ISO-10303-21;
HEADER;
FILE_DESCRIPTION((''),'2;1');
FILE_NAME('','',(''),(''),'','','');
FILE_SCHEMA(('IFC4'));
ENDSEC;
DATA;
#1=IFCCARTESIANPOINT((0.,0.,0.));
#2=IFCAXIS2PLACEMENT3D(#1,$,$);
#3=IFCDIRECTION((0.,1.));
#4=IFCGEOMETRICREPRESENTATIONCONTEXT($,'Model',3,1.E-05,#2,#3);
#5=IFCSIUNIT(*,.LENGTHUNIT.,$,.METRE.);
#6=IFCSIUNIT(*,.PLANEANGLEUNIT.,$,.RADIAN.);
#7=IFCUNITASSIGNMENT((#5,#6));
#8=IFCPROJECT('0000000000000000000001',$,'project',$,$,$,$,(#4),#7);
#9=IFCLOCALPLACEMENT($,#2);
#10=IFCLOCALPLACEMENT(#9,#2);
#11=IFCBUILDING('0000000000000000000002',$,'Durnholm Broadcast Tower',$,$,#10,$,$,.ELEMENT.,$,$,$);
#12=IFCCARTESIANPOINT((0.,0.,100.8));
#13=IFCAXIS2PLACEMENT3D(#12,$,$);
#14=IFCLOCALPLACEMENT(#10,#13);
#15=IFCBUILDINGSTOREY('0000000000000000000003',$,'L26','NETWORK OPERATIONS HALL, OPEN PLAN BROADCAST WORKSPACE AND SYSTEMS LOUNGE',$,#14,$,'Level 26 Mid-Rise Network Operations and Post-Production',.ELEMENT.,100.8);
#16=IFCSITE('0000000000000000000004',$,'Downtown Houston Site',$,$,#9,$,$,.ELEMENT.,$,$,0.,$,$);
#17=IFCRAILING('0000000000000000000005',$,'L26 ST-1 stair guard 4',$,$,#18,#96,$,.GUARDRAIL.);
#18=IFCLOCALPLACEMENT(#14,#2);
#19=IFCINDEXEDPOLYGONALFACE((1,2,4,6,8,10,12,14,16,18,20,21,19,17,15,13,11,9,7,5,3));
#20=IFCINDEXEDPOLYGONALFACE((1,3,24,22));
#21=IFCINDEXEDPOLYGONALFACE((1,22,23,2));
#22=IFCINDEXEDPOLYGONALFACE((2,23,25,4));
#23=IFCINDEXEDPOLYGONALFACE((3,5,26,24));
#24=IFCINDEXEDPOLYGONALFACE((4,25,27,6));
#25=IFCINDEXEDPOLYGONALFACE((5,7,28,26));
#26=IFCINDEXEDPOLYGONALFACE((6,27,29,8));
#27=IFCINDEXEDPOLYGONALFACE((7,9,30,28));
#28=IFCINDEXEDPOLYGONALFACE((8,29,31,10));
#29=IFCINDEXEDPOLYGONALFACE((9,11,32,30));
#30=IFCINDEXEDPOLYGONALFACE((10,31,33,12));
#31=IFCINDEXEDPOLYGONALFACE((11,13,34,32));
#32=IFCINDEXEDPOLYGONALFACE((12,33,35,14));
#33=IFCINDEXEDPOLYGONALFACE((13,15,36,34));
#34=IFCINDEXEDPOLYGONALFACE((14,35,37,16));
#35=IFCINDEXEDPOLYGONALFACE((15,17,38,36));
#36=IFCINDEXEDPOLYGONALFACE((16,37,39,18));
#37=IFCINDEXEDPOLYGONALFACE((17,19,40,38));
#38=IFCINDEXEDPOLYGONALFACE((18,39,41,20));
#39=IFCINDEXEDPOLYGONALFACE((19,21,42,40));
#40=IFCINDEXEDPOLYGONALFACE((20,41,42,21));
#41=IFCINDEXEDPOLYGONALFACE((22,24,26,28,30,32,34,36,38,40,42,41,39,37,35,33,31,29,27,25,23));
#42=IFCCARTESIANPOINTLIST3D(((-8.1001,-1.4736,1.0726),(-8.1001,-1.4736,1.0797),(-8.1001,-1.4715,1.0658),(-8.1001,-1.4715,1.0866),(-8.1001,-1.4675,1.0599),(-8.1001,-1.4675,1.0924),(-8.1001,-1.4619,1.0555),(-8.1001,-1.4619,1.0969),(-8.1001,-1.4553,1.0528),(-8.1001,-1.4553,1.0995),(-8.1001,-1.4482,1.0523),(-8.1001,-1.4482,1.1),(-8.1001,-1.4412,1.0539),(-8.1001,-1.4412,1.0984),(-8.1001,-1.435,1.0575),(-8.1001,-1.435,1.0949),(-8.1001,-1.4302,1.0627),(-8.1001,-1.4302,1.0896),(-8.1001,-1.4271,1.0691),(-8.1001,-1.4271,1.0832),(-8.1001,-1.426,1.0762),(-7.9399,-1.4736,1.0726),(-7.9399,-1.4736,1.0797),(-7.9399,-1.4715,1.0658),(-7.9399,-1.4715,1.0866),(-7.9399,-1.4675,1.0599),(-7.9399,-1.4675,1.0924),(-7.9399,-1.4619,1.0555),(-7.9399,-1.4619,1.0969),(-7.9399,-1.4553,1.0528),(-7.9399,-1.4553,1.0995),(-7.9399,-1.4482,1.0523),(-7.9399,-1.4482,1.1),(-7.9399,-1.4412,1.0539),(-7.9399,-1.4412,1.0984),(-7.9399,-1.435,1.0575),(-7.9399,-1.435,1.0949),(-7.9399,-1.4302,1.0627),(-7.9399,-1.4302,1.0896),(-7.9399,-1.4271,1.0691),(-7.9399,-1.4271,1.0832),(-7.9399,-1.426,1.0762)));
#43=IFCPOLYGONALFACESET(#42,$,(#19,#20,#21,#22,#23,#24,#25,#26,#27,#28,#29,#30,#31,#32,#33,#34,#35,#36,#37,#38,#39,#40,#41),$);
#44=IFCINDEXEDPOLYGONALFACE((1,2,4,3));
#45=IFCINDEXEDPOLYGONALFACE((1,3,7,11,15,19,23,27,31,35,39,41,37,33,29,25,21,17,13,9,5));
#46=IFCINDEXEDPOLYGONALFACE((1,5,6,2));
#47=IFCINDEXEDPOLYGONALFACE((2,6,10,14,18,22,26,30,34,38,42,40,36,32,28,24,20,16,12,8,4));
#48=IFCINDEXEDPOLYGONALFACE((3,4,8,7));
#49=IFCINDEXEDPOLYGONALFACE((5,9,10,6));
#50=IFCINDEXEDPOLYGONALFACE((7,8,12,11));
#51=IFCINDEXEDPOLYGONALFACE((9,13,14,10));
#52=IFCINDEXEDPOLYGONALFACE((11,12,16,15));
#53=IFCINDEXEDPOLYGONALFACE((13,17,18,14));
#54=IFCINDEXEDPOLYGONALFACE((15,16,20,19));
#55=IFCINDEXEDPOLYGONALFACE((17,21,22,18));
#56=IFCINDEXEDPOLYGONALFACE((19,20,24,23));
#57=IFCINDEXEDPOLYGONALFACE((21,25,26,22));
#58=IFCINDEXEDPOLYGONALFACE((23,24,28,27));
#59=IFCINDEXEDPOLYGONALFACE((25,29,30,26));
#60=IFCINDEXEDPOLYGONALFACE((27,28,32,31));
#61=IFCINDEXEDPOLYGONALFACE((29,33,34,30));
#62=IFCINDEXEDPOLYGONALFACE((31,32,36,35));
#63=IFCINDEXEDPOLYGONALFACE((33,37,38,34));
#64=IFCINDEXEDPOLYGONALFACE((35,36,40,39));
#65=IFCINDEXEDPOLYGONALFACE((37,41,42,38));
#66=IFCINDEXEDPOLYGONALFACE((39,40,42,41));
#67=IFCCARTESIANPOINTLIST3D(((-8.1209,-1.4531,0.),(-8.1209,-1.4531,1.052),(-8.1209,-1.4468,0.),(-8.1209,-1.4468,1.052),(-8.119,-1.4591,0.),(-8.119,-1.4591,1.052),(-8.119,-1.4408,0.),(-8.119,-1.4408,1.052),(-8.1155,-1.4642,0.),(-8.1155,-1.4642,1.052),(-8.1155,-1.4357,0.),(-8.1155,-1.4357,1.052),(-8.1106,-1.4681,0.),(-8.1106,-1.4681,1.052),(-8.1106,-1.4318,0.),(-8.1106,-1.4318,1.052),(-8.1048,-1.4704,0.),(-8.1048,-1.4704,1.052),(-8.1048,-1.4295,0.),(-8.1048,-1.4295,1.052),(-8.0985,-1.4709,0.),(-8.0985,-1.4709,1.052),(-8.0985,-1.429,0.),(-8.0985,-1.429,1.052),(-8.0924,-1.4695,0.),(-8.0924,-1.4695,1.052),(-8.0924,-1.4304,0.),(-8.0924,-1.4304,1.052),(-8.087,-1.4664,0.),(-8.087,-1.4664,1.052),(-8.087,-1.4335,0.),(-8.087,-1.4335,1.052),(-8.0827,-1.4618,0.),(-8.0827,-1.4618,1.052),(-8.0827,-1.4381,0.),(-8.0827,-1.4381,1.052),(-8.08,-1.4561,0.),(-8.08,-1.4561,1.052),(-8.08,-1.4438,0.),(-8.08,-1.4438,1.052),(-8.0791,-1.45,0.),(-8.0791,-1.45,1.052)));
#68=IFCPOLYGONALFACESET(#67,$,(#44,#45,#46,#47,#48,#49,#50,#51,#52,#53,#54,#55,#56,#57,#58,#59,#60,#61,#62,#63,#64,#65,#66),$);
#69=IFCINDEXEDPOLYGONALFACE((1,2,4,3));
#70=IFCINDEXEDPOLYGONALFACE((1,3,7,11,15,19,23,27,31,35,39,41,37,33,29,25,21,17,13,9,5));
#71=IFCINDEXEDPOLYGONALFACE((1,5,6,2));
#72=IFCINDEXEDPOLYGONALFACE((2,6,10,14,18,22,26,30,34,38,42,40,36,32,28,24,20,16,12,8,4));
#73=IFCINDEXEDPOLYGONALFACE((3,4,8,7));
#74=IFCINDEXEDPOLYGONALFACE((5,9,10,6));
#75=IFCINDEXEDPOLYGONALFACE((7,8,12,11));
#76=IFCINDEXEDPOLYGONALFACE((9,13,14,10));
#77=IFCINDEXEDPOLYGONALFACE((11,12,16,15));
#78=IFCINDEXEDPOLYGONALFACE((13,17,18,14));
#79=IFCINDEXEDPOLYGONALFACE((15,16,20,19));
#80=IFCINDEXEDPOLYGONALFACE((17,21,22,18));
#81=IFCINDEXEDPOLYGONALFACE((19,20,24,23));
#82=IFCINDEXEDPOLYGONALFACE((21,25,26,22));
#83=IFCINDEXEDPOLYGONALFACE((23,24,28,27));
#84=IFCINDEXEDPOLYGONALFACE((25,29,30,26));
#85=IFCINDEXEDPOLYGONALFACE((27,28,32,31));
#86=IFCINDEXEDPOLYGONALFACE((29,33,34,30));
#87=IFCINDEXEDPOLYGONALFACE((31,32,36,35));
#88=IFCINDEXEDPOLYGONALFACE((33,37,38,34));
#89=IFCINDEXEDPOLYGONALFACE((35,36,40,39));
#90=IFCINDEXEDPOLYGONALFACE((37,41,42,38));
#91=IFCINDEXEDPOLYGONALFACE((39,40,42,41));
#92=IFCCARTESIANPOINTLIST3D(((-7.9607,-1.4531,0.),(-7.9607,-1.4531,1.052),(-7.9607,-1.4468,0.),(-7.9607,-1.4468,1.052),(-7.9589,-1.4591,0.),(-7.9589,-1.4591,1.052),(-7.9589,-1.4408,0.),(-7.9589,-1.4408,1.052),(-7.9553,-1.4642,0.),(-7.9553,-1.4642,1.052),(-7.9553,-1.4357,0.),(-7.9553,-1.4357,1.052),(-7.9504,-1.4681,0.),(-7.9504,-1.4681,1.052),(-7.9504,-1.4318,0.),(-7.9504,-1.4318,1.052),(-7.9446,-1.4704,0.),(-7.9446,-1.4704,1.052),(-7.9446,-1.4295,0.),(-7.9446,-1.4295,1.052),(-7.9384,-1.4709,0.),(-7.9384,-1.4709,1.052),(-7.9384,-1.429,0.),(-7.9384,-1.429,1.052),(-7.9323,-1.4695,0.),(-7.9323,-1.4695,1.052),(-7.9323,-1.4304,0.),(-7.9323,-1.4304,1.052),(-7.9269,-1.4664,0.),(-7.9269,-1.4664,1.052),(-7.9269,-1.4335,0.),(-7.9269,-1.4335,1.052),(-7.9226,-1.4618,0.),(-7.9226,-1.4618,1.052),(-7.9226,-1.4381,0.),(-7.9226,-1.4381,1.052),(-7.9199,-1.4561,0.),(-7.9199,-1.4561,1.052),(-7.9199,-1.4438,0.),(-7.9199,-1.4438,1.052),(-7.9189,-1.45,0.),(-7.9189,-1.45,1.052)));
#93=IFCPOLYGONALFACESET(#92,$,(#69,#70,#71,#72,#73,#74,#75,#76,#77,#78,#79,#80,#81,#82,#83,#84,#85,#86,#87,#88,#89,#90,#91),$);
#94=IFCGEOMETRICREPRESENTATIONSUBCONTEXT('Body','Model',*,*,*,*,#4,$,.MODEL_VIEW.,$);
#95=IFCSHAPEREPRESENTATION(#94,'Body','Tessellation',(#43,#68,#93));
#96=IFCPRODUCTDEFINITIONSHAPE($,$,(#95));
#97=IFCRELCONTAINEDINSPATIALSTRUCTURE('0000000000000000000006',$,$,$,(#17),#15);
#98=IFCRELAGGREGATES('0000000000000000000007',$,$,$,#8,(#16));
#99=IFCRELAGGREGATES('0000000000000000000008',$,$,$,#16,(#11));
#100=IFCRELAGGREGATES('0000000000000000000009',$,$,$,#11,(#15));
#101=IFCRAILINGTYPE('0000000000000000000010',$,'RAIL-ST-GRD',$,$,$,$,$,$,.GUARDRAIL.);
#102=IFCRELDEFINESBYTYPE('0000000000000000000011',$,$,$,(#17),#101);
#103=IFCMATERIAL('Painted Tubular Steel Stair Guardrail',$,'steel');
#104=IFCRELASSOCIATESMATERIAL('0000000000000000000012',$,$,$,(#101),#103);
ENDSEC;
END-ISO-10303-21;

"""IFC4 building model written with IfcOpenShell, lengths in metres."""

from ifc_helpers import new_model, si_unit, direction, frame, origin, origin_2d, place, context, subcontext, project, spatial, circle, extrude, material, type_object, element, save


model = new_model("IFC4")

# Units and contexts
model_context = context("Model", 3, precision=1e-05, world=origin(), true_north=direction((0.0, 1.0)))
body_context = subcontext(model_context, "Body", "Model", "MODEL_VIEW")
ifc_project = project(units=[si_unit("LENGTHUNIT", "METRE"), si_unit("PLANEANGLEUNIT", "RADIAN")], contexts=[model_context])

# Site, building, storey
site_placement = place(None, origin())
site = spatial("IfcSite", under=ifc_project, at=site_placement, Name="Downtown Houston Site", CompositionType="ELEMENT", RefElevation=0.0)
building_placement = place(site_placement, origin())
building = spatial("IfcBuilding", under=site, at=building_placement, Name="Durnholm Broadcast Tower", CompositionType="ELEMENT")
storey_placement = place(building_placement, frame((0.0, 0.0, 100.8)))
storey = spatial("IfcBuildingStorey", under=building, at=storey_placement, Name="L26", Description="NETWORK OPERATIONS HALL, OPEN PLAN BROADCAST WORKSPACE AND SYSTEMS LOUNGE", LongName="Level 26 Mid-Rise Network Operations and Post-Production", CompositionType="ELEMENT", Elevation=100.8)

# Railing
ifc_material_1 = material(Name="Painted Tubular Steel Stair Guardrail", Category="steel")
railing_type_1 = type_object("IfcRailingType", Name="RAIL-ST-GRD", PredefinedType="GUARDRAIL", material=ifc_material_1)
railing_1_placement = place(storey_placement, frame((-8.1001, -1.45, 0.0)))
element("IfcRailing", 1, at=railing_1_placement, inside=storey, type_object=railing_type_1, Name="L26 ST-1 stair guard 4", PredefinedType="GUARDRAIL", context=body_context, shape_type="SweptSolid", body=[
    extrude(circle(Radius=0.0239, at=origin_2d()), frame((0.0, 0.0, 1.0762), z_axis=(1.0, 0.0, 0.0), x_axis=(0.0, 1.0, 0.0)), (0.0, 0.0, 1.0), 0.1602),
    extrude(circle(Radius=0.021, at=origin_2d()), origin(), (0.0, 0.0, 1.0), 1.052),
    extrude(circle(Radius=0.021, at=origin_2d()), frame((0.1602, 0.0, 0.0)), (0.0, 0.0, 1.0), 1.052),
])

save(model, "model.ifc")
